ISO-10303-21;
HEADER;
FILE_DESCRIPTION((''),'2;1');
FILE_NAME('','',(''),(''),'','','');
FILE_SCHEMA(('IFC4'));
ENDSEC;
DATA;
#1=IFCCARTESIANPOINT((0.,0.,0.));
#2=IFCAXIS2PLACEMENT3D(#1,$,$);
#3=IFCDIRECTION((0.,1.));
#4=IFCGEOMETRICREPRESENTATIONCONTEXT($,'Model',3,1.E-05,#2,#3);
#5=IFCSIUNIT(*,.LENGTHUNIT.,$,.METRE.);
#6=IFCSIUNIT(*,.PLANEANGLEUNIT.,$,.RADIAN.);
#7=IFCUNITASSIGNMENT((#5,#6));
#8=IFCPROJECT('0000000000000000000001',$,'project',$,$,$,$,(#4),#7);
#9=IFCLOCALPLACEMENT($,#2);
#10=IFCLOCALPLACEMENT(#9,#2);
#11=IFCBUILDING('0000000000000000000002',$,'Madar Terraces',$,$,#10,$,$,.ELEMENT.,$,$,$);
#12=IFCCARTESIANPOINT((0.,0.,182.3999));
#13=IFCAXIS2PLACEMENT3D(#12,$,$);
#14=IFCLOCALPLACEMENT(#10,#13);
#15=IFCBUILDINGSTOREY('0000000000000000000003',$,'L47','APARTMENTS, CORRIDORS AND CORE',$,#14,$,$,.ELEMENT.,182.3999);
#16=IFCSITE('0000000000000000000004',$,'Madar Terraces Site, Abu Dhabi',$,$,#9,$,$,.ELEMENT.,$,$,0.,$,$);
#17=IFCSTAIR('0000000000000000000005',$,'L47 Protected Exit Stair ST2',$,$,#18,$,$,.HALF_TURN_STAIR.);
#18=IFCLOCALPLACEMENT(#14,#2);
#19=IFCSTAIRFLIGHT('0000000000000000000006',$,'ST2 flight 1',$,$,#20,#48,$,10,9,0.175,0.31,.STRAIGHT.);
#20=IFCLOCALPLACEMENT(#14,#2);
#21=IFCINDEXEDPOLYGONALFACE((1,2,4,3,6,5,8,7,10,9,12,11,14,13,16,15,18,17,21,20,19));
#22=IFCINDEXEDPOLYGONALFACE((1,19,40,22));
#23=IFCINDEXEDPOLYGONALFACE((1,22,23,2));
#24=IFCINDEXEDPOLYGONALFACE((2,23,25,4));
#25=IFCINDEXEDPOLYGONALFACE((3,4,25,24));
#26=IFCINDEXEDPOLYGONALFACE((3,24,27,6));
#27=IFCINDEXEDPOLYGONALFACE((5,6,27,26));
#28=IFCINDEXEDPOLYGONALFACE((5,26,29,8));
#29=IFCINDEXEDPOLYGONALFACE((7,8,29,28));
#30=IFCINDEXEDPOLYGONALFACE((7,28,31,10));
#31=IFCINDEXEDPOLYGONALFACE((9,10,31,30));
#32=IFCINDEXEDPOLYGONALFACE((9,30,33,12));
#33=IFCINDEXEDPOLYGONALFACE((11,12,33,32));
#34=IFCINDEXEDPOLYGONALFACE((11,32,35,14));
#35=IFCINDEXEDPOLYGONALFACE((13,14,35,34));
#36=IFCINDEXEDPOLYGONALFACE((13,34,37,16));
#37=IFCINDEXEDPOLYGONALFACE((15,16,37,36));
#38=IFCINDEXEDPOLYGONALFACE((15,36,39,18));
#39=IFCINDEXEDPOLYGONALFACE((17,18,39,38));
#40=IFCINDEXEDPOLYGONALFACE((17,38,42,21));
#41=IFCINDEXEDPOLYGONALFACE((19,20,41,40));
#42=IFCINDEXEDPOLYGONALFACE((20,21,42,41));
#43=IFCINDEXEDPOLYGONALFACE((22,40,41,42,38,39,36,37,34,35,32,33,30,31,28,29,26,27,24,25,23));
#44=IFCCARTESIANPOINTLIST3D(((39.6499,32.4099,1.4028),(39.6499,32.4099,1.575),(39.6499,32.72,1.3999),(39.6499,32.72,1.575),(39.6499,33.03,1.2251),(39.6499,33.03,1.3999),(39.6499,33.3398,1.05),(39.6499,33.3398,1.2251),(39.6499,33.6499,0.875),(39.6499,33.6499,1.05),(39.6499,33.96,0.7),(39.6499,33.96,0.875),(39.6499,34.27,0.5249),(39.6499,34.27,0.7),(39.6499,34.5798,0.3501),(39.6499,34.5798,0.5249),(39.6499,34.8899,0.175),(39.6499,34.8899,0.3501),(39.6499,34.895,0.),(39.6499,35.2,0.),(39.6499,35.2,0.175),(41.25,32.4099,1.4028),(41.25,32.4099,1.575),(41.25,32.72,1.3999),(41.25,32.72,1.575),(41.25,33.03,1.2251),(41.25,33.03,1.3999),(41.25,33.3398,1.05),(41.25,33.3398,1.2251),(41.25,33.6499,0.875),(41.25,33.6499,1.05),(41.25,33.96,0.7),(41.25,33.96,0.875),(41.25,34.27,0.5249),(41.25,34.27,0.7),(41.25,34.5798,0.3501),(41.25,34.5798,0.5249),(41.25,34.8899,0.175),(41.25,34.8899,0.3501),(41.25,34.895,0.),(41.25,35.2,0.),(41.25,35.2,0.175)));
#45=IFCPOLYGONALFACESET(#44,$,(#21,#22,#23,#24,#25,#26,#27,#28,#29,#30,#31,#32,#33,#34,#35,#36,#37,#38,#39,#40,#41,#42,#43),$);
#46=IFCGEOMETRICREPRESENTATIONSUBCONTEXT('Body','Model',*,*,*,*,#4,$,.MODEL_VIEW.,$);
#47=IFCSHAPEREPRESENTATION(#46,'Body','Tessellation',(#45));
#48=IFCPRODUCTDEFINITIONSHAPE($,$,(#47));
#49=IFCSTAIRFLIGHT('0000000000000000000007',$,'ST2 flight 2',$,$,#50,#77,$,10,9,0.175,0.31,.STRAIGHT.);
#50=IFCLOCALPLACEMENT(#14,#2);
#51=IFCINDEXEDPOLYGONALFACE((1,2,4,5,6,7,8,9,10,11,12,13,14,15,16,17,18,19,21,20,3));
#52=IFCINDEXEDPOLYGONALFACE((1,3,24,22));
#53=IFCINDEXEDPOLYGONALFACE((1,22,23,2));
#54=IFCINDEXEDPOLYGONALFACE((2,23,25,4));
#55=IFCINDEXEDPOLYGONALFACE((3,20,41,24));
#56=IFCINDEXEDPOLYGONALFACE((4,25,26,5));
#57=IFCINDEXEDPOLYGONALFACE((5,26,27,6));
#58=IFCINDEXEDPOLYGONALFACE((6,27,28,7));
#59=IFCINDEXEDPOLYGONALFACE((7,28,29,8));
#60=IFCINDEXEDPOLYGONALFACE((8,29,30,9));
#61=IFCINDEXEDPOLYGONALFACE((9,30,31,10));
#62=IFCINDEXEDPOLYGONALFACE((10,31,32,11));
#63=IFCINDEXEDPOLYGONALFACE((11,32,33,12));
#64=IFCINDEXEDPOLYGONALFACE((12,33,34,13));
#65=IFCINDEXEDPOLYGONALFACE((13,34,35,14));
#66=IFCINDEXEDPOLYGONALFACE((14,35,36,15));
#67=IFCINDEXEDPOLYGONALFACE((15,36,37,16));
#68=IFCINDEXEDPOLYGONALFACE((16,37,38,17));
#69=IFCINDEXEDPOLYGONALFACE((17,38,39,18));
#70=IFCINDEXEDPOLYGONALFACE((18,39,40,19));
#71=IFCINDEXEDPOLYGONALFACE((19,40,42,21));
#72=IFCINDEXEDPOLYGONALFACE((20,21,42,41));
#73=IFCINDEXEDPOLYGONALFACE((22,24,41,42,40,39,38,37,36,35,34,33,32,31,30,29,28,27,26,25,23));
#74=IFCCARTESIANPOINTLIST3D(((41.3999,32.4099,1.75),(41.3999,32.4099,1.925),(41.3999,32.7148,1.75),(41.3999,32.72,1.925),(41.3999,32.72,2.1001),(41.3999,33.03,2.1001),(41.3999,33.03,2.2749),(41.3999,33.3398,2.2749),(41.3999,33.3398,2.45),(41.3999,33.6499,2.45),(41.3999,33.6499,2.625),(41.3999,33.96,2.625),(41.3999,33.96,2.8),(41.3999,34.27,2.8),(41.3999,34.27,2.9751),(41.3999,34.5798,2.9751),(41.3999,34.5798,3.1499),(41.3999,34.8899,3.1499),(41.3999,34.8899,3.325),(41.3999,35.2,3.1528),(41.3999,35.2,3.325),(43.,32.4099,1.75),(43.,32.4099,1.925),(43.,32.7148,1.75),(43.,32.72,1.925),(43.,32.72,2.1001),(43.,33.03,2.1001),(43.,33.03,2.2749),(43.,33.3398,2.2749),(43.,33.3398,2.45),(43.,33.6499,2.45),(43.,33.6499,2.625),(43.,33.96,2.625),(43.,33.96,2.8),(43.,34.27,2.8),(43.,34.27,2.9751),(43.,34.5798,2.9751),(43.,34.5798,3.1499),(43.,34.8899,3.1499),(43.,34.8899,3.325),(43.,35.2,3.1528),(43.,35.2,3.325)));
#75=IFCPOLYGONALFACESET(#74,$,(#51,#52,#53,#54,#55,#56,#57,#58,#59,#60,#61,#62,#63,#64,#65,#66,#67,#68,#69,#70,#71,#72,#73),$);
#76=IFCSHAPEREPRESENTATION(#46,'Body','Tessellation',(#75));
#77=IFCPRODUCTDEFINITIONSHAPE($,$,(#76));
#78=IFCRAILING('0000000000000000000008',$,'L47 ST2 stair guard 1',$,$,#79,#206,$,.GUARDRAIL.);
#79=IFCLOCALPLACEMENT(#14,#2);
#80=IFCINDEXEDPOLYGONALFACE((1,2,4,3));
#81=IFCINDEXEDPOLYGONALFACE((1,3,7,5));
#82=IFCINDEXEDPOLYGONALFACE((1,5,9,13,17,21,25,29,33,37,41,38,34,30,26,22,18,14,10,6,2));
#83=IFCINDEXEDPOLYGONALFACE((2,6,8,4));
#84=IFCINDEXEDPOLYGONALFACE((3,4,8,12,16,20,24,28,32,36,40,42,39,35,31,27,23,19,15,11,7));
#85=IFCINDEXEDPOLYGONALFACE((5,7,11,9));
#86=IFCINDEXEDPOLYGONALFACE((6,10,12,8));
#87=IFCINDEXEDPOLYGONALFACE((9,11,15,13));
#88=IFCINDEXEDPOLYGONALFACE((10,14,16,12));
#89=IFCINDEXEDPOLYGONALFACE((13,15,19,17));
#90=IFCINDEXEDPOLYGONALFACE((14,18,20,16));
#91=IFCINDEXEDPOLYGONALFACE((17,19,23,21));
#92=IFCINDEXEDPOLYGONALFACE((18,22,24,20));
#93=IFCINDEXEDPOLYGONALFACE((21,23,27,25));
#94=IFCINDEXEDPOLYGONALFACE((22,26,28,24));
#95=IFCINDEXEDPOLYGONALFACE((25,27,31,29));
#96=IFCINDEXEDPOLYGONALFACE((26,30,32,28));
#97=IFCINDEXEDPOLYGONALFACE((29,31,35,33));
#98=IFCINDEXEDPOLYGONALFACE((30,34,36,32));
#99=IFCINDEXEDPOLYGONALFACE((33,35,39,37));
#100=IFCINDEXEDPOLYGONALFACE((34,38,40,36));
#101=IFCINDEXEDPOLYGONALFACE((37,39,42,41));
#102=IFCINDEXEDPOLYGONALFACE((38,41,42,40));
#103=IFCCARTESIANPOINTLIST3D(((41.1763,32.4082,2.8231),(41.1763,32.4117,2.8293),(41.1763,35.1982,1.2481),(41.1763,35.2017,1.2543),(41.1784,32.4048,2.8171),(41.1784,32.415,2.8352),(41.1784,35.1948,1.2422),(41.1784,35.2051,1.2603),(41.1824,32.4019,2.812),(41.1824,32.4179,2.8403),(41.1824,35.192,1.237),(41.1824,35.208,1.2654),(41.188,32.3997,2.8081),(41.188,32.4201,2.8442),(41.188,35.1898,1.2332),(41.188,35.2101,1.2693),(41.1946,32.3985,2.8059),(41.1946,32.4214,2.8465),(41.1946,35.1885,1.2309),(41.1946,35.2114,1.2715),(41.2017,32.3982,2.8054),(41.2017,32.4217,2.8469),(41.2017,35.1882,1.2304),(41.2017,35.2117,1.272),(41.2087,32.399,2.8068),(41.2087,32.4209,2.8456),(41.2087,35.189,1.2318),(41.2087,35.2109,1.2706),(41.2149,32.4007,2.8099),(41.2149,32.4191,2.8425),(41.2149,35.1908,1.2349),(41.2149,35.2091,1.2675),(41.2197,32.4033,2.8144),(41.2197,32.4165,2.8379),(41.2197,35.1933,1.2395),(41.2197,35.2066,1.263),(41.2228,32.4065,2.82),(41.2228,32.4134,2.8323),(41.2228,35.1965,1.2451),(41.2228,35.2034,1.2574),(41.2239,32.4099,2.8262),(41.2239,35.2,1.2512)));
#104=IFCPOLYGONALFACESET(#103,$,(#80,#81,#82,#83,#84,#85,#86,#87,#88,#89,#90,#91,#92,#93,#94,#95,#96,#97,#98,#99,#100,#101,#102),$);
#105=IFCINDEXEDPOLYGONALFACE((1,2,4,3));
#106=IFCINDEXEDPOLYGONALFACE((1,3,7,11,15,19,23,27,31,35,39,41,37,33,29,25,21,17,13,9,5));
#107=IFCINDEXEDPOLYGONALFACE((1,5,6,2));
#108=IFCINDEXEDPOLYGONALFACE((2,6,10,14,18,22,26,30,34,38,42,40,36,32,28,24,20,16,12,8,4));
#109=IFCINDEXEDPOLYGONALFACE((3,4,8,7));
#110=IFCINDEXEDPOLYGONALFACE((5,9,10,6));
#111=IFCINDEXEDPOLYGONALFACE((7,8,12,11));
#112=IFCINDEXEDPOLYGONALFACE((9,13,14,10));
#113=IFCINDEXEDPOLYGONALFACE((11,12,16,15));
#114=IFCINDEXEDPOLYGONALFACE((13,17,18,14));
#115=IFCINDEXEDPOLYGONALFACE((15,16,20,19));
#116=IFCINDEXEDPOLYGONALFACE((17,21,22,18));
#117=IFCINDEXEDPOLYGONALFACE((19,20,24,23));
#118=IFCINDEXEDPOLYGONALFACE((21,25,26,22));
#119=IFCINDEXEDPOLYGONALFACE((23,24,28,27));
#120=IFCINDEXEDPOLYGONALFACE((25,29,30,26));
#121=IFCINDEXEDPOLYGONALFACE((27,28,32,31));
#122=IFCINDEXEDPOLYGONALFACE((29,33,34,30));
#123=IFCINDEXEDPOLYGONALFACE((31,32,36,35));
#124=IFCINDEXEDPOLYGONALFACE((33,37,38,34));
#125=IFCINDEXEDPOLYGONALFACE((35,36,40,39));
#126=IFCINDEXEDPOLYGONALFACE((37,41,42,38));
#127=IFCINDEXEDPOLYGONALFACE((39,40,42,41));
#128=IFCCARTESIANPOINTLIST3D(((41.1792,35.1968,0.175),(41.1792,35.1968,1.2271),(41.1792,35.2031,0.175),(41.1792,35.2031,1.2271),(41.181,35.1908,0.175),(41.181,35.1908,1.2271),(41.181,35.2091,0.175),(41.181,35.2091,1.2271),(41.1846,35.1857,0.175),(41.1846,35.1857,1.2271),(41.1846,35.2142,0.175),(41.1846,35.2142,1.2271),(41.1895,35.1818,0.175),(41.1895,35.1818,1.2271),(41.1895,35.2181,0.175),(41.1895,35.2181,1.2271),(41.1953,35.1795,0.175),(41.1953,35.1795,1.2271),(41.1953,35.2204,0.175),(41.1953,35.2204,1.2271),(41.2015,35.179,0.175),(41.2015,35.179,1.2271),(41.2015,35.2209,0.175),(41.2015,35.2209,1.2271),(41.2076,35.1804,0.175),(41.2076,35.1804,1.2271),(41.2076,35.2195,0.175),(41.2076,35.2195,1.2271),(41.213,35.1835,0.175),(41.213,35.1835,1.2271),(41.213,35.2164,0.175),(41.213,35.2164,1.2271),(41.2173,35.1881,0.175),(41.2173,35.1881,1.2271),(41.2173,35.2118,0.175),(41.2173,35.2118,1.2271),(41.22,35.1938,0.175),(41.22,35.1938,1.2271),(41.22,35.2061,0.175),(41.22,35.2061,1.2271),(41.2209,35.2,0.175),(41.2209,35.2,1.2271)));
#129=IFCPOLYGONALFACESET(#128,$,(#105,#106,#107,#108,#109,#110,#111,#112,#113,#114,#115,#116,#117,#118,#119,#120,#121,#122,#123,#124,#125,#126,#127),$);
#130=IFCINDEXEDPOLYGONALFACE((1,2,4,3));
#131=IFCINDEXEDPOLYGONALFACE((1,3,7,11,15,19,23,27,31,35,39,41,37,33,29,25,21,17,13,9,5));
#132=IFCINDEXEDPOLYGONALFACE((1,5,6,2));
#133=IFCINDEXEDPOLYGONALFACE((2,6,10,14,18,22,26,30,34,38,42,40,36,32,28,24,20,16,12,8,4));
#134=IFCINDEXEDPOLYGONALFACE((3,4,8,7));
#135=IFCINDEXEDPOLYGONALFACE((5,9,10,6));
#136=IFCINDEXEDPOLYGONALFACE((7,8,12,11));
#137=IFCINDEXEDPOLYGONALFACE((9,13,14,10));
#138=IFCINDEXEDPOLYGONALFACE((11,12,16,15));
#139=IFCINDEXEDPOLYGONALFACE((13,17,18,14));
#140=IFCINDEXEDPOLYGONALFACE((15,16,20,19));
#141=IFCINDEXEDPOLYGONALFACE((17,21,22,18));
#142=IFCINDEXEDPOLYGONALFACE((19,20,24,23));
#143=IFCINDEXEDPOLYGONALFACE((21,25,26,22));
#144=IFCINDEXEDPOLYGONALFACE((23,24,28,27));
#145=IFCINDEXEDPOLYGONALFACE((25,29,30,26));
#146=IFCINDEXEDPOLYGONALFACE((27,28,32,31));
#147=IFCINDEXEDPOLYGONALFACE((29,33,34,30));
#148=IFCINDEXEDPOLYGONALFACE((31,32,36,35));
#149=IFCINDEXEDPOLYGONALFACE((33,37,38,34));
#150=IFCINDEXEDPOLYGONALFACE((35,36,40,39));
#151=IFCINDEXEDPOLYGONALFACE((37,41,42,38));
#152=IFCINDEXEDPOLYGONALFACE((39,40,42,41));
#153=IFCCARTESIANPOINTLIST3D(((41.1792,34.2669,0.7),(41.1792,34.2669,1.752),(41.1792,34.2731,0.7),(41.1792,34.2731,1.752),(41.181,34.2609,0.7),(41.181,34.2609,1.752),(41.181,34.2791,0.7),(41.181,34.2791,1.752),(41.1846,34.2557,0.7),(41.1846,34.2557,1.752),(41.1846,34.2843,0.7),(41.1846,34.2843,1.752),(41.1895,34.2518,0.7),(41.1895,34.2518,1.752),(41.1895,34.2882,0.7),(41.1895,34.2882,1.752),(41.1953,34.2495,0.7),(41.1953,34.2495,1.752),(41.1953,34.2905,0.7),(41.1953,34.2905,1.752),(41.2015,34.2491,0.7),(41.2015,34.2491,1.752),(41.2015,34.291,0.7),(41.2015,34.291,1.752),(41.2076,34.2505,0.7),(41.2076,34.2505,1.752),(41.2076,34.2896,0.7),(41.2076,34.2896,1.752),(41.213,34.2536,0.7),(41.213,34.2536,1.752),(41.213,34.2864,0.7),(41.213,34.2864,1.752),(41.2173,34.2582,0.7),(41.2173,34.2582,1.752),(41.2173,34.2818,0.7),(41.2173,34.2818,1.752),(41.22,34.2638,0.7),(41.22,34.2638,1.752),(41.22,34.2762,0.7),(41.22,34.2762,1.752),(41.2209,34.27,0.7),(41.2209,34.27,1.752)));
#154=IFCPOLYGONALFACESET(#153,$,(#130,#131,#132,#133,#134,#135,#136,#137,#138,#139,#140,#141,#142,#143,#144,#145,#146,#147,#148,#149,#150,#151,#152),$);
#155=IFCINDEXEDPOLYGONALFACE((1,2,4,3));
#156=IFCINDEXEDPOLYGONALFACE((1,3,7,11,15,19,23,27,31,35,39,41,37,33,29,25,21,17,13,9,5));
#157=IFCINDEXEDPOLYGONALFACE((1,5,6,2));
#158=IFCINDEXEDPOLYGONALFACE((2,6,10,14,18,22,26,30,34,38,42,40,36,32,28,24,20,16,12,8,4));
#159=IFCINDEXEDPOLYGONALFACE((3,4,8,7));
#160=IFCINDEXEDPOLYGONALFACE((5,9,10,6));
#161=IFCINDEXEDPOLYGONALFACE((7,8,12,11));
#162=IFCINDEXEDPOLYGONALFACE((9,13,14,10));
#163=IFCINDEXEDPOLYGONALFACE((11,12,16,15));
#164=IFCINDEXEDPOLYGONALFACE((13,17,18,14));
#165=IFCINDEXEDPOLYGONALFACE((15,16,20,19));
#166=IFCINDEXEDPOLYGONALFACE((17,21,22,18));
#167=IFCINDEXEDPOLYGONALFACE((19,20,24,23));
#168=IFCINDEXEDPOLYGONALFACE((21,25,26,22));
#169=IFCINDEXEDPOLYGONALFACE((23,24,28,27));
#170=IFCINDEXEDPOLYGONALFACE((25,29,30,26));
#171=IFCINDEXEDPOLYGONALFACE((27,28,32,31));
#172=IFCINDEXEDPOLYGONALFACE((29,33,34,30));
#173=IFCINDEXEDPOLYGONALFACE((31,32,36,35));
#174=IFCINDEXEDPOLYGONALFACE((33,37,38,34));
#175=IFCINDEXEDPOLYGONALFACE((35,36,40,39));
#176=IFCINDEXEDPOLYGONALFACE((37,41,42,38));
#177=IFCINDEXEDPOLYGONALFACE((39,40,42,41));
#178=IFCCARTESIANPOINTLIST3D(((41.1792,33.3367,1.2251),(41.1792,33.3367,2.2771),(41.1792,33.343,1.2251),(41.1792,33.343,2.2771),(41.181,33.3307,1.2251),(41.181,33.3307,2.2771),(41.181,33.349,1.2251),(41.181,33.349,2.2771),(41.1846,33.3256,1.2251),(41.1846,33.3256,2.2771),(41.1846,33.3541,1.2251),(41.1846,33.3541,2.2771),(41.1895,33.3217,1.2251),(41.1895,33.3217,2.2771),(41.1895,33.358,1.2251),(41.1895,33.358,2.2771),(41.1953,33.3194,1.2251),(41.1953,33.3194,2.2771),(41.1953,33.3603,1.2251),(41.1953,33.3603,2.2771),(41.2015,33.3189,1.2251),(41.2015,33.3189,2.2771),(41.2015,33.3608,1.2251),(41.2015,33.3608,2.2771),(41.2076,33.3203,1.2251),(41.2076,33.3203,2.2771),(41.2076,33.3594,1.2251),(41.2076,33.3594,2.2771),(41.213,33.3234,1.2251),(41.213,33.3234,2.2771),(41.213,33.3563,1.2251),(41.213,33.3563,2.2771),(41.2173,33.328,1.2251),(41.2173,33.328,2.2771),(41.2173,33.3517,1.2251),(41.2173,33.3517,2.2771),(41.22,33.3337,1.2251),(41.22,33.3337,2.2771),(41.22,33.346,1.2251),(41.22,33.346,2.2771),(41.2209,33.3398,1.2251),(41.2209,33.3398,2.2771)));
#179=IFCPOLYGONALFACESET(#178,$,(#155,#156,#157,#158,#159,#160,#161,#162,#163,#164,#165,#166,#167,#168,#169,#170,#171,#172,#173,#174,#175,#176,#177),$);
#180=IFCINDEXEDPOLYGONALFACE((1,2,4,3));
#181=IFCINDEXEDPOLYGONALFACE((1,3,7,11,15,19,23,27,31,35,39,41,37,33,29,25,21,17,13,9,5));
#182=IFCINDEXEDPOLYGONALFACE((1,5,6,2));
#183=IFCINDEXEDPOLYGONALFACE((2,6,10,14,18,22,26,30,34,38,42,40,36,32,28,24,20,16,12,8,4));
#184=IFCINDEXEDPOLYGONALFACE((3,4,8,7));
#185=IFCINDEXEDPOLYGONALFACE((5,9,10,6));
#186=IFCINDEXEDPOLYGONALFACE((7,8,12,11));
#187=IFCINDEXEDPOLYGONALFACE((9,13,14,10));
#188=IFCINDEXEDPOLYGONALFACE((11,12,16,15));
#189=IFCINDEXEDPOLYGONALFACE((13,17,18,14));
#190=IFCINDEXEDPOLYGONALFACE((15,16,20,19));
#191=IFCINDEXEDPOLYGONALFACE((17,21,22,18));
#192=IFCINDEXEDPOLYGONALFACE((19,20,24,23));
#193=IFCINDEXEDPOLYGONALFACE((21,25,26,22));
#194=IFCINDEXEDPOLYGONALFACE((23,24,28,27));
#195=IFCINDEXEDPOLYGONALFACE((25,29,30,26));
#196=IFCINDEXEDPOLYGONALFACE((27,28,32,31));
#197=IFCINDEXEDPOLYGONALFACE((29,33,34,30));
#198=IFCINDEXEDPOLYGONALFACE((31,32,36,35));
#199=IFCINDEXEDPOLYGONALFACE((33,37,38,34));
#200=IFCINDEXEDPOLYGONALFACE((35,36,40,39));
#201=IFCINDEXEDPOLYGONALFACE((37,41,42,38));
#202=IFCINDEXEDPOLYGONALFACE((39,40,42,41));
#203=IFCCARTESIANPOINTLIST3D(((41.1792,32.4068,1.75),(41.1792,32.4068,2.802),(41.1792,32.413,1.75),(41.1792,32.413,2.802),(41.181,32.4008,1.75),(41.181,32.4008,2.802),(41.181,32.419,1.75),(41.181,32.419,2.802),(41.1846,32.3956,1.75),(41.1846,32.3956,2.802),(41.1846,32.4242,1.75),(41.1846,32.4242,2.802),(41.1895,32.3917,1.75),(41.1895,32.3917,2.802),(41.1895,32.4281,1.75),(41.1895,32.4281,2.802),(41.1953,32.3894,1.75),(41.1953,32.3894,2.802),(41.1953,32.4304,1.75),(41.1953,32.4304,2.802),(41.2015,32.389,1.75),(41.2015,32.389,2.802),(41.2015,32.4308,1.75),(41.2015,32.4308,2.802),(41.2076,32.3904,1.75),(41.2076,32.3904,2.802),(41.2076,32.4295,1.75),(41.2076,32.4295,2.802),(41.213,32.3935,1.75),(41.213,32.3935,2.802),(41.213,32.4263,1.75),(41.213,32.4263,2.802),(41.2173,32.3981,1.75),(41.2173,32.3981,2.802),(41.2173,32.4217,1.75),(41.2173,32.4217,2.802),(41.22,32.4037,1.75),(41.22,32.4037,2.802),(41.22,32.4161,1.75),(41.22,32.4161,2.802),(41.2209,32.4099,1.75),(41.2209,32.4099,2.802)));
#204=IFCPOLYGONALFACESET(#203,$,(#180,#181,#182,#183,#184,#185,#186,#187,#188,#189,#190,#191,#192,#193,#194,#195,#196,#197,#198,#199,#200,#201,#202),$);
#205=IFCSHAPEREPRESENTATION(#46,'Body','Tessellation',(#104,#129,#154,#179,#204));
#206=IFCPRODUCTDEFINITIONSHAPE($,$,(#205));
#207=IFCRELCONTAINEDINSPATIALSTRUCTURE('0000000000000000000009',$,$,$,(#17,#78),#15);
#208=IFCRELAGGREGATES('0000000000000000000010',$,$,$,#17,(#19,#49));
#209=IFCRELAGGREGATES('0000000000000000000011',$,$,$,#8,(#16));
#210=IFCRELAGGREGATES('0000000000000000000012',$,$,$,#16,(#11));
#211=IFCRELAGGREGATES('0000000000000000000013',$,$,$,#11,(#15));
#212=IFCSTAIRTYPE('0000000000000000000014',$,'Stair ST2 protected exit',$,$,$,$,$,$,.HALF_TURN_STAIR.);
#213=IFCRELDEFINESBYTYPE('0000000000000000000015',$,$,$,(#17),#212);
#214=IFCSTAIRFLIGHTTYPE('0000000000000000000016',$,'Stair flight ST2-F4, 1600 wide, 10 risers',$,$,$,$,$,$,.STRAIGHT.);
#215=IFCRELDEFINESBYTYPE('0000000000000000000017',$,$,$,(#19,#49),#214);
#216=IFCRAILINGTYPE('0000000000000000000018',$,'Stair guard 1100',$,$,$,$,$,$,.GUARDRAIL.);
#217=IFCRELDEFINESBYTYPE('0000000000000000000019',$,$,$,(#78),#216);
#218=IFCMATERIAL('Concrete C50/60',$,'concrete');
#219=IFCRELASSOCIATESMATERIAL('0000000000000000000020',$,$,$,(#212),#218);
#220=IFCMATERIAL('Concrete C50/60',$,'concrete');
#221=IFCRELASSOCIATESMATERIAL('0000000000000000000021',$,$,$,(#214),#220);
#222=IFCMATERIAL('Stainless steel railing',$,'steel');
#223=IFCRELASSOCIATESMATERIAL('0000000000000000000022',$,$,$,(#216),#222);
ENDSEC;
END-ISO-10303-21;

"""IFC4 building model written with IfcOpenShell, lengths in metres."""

from ifc_helpers import new_model, si_unit, direction, frame, origin, origin_2d, place, context, subcontext, project, spatial, polyline, circle, outline, extrude, material, type_object, element, aggregate, save


model = new_model("IFC4")

# Units and contexts
model_context = context("Model", 3, precision=1e-05, world=origin(), true_north=direction((0.0, 1.0)))
body_context = subcontext(model_context, "Body", "Model", "MODEL_VIEW")
ifc_project = project(units=[si_unit("LENGTHUNIT", "METRE"), si_unit("PLANEANGLEUNIT", "RADIAN")], contexts=[model_context])

# Site, building, storey
site_placement = place(None, origin())
site = spatial("IfcSite", under=ifc_project, at=site_placement, Name="Madar Terraces Site, Abu Dhabi", CompositionType="ELEMENT", RefElevation=0.0)
building_placement = place(site_placement, origin())
building = spatial("IfcBuilding", under=site, at=building_placement, Name="Madar Terraces", CompositionType="ELEMENT")
storey_placement = place(building_placement, frame((0.0, 0.0, 182.3999)))
storey = spatial("IfcBuildingStorey", under=building, at=storey_placement, Name="L47", Description="APARTMENTS, CORRIDORS AND CORE", CompositionType="ELEMENT", Elevation=182.3999)

# Stair, stair flights
ifc_material_1 = material(Name="Concrete C50/60", Category="concrete")
stair_type = type_object("IfcStairType", Name="Stair ST2 protected exit", PredefinedType="HALF_TURN_STAIR", material=ifc_material_1)
stair_placement = place(storey_placement, origin())
stair = element("IfcStair", 1, at=stair_placement, inside=storey, type_object=stair_type, Name="L47 Protected Exit Stair ST2", PredefinedType="HALF_TURN_STAIR")
ifc_material_2 = material(Name="Concrete C50/60", Category="concrete")
stair_flight_type = type_object("IfcStairFlightType", Name="Stair flight ST2-F4, 1600 wide, 10 risers", PredefinedType="STRAIGHT", material=ifc_material_2)
stair_flight_1_placement = place(storey_placement, frame((40.45, 35.2, 0.0), z_axis=(0.0, 0.0, 1.0), x_axis=(0.0, -1.0, 0.0)))
stair_flight_1 = element("IfcStairFlight", 2, at=stair_flight_1_placement, type_object=stair_flight_type, Name="ST2 flight 1", NumberOfRisers=10, NumberOfTreads=9, PredefinedType="STRAIGHT", RiserHeight=0.175, TreadLength=0.31, context=body_context, shape_type="SweptSolid", body=[
    extrude(outline(polyline([(0.0, 0.0), (0.0, 0.175), (0.3101, 0.175), (0.3101, 0.3501), (0.6201, 0.3501), (0.6201, 0.5249), (0.9299, 0.5249), (0.9299, 0.7), (1.24, 0.7), (1.24, 0.875), (1.55, 0.875), (1.55, 1.05), (1.8601, 1.05), (1.8601, 1.2251), (2.1699, 1.2251), (2.1699, 1.3999), (2.48, 1.3999), (2.48, 1.575), (2.79, 1.575), (2.79, 1.75), (2.79, 1.4028), (0.3049, 0.0), (0.0, 0.0)])), frame((0.0, 0.8, 0.0), z_axis=(0.0, -1.0, 0.0), x_axis=(1.0, 0.0, 0.0)), (0.0, 0.0, 1.0), 1.6001),
])
stair_flight_2_placement = place(storey_placement, frame((42.2, 32.4099, 1.75), z_axis=(0.0, 0.0, 1.0), x_axis=(0.0, 1.0, 0.0)))
stair_flight_2 = element("IfcStairFlight", 3, at=stair_flight_2_placement, type_object=stair_flight_type, Name="ST2 flight 2", NumberOfRisers=10, NumberOfTreads=9, PredefinedType="STRAIGHT", RiserHeight=0.175, TreadLength=0.31, context=body_context, shape_type="SweptSolid", body=[
    extrude(outline(polyline([(0.0, 0.0), (0.0, 0.175), (0.3101, 0.175), (0.3101, 0.3501), (0.6201, 0.3501), (0.6201, 0.5249), (0.9299, 0.5249), (0.9299, 0.7), (1.24, 0.7), (1.24, 0.875), (1.55, 0.875), (1.55, 1.05), (1.8601, 1.05), (1.8601, 1.2251), (2.1699, 1.2251), (2.1699, 1.3999), (2.48, 1.3999), (2.48, 1.575), (2.79, 1.575), (2.79, 1.75), (2.79, 1.4028), (0.3049, 0.0), (0.0, 0.0)])), frame((0.0, 0.8, 0.0), z_axis=(0.0, -1.0, 0.0), x_axis=(1.0, 0.0, 0.0)), (0.0, 0.0, 1.0), 1.6001),
])
aggregate(stair, [stair_flight_1, stair_flight_2])

# Railing
ifc_material_3 = material(Name="Stainless steel railing", Category="steel")
railing_type_1 = type_object("IfcRailingType", Name="Stair guard 1100", PredefinedType="GUARDRAIL", material=ifc_material_3)
railing_1_placement = place(storey_placement, frame((41.2, 35.2, 0.175)))
element("IfcRailing", 4, at=railing_1_placement, inside=storey, type_object=railing_type_1, Name="L47 ST2 stair guard 1", PredefinedType="GUARDRAIL", context=body_context, shape_type="SweptSolid", body=[
    extrude(circle(Radius=0.0239, at=origin_2d()), frame((0.0, 0.0, 1.0762), z_axis=(0.0, -0.870834, 0.491578), x_axis=(1.0, 0.0, 0.0)), (0.0, 0.0, 1.0), 3.2039),
    extrude(circle(Radius=0.021, at=origin_2d()), origin(), (0.0, 0.0, 1.0), 1.052),
    extrude(circle(Radius=0.021, at=origin_2d()), frame((0.0, -0.9299, 0.5249)), (0.0, 0.0, 1.0), 1.052),
    extrude(circle(Radius=0.021, at=origin_2d()), frame((0.0, -1.8601, 1.05)), (0.0, 0.0, 1.0), 1.052),
    extrude(circle(Radius=0.021, at=origin_2d()), frame((0.0, -2.79, 1.575)), (0.0, 0.0, 1.0), 1.052),
])

save(model, "model.ifc")
